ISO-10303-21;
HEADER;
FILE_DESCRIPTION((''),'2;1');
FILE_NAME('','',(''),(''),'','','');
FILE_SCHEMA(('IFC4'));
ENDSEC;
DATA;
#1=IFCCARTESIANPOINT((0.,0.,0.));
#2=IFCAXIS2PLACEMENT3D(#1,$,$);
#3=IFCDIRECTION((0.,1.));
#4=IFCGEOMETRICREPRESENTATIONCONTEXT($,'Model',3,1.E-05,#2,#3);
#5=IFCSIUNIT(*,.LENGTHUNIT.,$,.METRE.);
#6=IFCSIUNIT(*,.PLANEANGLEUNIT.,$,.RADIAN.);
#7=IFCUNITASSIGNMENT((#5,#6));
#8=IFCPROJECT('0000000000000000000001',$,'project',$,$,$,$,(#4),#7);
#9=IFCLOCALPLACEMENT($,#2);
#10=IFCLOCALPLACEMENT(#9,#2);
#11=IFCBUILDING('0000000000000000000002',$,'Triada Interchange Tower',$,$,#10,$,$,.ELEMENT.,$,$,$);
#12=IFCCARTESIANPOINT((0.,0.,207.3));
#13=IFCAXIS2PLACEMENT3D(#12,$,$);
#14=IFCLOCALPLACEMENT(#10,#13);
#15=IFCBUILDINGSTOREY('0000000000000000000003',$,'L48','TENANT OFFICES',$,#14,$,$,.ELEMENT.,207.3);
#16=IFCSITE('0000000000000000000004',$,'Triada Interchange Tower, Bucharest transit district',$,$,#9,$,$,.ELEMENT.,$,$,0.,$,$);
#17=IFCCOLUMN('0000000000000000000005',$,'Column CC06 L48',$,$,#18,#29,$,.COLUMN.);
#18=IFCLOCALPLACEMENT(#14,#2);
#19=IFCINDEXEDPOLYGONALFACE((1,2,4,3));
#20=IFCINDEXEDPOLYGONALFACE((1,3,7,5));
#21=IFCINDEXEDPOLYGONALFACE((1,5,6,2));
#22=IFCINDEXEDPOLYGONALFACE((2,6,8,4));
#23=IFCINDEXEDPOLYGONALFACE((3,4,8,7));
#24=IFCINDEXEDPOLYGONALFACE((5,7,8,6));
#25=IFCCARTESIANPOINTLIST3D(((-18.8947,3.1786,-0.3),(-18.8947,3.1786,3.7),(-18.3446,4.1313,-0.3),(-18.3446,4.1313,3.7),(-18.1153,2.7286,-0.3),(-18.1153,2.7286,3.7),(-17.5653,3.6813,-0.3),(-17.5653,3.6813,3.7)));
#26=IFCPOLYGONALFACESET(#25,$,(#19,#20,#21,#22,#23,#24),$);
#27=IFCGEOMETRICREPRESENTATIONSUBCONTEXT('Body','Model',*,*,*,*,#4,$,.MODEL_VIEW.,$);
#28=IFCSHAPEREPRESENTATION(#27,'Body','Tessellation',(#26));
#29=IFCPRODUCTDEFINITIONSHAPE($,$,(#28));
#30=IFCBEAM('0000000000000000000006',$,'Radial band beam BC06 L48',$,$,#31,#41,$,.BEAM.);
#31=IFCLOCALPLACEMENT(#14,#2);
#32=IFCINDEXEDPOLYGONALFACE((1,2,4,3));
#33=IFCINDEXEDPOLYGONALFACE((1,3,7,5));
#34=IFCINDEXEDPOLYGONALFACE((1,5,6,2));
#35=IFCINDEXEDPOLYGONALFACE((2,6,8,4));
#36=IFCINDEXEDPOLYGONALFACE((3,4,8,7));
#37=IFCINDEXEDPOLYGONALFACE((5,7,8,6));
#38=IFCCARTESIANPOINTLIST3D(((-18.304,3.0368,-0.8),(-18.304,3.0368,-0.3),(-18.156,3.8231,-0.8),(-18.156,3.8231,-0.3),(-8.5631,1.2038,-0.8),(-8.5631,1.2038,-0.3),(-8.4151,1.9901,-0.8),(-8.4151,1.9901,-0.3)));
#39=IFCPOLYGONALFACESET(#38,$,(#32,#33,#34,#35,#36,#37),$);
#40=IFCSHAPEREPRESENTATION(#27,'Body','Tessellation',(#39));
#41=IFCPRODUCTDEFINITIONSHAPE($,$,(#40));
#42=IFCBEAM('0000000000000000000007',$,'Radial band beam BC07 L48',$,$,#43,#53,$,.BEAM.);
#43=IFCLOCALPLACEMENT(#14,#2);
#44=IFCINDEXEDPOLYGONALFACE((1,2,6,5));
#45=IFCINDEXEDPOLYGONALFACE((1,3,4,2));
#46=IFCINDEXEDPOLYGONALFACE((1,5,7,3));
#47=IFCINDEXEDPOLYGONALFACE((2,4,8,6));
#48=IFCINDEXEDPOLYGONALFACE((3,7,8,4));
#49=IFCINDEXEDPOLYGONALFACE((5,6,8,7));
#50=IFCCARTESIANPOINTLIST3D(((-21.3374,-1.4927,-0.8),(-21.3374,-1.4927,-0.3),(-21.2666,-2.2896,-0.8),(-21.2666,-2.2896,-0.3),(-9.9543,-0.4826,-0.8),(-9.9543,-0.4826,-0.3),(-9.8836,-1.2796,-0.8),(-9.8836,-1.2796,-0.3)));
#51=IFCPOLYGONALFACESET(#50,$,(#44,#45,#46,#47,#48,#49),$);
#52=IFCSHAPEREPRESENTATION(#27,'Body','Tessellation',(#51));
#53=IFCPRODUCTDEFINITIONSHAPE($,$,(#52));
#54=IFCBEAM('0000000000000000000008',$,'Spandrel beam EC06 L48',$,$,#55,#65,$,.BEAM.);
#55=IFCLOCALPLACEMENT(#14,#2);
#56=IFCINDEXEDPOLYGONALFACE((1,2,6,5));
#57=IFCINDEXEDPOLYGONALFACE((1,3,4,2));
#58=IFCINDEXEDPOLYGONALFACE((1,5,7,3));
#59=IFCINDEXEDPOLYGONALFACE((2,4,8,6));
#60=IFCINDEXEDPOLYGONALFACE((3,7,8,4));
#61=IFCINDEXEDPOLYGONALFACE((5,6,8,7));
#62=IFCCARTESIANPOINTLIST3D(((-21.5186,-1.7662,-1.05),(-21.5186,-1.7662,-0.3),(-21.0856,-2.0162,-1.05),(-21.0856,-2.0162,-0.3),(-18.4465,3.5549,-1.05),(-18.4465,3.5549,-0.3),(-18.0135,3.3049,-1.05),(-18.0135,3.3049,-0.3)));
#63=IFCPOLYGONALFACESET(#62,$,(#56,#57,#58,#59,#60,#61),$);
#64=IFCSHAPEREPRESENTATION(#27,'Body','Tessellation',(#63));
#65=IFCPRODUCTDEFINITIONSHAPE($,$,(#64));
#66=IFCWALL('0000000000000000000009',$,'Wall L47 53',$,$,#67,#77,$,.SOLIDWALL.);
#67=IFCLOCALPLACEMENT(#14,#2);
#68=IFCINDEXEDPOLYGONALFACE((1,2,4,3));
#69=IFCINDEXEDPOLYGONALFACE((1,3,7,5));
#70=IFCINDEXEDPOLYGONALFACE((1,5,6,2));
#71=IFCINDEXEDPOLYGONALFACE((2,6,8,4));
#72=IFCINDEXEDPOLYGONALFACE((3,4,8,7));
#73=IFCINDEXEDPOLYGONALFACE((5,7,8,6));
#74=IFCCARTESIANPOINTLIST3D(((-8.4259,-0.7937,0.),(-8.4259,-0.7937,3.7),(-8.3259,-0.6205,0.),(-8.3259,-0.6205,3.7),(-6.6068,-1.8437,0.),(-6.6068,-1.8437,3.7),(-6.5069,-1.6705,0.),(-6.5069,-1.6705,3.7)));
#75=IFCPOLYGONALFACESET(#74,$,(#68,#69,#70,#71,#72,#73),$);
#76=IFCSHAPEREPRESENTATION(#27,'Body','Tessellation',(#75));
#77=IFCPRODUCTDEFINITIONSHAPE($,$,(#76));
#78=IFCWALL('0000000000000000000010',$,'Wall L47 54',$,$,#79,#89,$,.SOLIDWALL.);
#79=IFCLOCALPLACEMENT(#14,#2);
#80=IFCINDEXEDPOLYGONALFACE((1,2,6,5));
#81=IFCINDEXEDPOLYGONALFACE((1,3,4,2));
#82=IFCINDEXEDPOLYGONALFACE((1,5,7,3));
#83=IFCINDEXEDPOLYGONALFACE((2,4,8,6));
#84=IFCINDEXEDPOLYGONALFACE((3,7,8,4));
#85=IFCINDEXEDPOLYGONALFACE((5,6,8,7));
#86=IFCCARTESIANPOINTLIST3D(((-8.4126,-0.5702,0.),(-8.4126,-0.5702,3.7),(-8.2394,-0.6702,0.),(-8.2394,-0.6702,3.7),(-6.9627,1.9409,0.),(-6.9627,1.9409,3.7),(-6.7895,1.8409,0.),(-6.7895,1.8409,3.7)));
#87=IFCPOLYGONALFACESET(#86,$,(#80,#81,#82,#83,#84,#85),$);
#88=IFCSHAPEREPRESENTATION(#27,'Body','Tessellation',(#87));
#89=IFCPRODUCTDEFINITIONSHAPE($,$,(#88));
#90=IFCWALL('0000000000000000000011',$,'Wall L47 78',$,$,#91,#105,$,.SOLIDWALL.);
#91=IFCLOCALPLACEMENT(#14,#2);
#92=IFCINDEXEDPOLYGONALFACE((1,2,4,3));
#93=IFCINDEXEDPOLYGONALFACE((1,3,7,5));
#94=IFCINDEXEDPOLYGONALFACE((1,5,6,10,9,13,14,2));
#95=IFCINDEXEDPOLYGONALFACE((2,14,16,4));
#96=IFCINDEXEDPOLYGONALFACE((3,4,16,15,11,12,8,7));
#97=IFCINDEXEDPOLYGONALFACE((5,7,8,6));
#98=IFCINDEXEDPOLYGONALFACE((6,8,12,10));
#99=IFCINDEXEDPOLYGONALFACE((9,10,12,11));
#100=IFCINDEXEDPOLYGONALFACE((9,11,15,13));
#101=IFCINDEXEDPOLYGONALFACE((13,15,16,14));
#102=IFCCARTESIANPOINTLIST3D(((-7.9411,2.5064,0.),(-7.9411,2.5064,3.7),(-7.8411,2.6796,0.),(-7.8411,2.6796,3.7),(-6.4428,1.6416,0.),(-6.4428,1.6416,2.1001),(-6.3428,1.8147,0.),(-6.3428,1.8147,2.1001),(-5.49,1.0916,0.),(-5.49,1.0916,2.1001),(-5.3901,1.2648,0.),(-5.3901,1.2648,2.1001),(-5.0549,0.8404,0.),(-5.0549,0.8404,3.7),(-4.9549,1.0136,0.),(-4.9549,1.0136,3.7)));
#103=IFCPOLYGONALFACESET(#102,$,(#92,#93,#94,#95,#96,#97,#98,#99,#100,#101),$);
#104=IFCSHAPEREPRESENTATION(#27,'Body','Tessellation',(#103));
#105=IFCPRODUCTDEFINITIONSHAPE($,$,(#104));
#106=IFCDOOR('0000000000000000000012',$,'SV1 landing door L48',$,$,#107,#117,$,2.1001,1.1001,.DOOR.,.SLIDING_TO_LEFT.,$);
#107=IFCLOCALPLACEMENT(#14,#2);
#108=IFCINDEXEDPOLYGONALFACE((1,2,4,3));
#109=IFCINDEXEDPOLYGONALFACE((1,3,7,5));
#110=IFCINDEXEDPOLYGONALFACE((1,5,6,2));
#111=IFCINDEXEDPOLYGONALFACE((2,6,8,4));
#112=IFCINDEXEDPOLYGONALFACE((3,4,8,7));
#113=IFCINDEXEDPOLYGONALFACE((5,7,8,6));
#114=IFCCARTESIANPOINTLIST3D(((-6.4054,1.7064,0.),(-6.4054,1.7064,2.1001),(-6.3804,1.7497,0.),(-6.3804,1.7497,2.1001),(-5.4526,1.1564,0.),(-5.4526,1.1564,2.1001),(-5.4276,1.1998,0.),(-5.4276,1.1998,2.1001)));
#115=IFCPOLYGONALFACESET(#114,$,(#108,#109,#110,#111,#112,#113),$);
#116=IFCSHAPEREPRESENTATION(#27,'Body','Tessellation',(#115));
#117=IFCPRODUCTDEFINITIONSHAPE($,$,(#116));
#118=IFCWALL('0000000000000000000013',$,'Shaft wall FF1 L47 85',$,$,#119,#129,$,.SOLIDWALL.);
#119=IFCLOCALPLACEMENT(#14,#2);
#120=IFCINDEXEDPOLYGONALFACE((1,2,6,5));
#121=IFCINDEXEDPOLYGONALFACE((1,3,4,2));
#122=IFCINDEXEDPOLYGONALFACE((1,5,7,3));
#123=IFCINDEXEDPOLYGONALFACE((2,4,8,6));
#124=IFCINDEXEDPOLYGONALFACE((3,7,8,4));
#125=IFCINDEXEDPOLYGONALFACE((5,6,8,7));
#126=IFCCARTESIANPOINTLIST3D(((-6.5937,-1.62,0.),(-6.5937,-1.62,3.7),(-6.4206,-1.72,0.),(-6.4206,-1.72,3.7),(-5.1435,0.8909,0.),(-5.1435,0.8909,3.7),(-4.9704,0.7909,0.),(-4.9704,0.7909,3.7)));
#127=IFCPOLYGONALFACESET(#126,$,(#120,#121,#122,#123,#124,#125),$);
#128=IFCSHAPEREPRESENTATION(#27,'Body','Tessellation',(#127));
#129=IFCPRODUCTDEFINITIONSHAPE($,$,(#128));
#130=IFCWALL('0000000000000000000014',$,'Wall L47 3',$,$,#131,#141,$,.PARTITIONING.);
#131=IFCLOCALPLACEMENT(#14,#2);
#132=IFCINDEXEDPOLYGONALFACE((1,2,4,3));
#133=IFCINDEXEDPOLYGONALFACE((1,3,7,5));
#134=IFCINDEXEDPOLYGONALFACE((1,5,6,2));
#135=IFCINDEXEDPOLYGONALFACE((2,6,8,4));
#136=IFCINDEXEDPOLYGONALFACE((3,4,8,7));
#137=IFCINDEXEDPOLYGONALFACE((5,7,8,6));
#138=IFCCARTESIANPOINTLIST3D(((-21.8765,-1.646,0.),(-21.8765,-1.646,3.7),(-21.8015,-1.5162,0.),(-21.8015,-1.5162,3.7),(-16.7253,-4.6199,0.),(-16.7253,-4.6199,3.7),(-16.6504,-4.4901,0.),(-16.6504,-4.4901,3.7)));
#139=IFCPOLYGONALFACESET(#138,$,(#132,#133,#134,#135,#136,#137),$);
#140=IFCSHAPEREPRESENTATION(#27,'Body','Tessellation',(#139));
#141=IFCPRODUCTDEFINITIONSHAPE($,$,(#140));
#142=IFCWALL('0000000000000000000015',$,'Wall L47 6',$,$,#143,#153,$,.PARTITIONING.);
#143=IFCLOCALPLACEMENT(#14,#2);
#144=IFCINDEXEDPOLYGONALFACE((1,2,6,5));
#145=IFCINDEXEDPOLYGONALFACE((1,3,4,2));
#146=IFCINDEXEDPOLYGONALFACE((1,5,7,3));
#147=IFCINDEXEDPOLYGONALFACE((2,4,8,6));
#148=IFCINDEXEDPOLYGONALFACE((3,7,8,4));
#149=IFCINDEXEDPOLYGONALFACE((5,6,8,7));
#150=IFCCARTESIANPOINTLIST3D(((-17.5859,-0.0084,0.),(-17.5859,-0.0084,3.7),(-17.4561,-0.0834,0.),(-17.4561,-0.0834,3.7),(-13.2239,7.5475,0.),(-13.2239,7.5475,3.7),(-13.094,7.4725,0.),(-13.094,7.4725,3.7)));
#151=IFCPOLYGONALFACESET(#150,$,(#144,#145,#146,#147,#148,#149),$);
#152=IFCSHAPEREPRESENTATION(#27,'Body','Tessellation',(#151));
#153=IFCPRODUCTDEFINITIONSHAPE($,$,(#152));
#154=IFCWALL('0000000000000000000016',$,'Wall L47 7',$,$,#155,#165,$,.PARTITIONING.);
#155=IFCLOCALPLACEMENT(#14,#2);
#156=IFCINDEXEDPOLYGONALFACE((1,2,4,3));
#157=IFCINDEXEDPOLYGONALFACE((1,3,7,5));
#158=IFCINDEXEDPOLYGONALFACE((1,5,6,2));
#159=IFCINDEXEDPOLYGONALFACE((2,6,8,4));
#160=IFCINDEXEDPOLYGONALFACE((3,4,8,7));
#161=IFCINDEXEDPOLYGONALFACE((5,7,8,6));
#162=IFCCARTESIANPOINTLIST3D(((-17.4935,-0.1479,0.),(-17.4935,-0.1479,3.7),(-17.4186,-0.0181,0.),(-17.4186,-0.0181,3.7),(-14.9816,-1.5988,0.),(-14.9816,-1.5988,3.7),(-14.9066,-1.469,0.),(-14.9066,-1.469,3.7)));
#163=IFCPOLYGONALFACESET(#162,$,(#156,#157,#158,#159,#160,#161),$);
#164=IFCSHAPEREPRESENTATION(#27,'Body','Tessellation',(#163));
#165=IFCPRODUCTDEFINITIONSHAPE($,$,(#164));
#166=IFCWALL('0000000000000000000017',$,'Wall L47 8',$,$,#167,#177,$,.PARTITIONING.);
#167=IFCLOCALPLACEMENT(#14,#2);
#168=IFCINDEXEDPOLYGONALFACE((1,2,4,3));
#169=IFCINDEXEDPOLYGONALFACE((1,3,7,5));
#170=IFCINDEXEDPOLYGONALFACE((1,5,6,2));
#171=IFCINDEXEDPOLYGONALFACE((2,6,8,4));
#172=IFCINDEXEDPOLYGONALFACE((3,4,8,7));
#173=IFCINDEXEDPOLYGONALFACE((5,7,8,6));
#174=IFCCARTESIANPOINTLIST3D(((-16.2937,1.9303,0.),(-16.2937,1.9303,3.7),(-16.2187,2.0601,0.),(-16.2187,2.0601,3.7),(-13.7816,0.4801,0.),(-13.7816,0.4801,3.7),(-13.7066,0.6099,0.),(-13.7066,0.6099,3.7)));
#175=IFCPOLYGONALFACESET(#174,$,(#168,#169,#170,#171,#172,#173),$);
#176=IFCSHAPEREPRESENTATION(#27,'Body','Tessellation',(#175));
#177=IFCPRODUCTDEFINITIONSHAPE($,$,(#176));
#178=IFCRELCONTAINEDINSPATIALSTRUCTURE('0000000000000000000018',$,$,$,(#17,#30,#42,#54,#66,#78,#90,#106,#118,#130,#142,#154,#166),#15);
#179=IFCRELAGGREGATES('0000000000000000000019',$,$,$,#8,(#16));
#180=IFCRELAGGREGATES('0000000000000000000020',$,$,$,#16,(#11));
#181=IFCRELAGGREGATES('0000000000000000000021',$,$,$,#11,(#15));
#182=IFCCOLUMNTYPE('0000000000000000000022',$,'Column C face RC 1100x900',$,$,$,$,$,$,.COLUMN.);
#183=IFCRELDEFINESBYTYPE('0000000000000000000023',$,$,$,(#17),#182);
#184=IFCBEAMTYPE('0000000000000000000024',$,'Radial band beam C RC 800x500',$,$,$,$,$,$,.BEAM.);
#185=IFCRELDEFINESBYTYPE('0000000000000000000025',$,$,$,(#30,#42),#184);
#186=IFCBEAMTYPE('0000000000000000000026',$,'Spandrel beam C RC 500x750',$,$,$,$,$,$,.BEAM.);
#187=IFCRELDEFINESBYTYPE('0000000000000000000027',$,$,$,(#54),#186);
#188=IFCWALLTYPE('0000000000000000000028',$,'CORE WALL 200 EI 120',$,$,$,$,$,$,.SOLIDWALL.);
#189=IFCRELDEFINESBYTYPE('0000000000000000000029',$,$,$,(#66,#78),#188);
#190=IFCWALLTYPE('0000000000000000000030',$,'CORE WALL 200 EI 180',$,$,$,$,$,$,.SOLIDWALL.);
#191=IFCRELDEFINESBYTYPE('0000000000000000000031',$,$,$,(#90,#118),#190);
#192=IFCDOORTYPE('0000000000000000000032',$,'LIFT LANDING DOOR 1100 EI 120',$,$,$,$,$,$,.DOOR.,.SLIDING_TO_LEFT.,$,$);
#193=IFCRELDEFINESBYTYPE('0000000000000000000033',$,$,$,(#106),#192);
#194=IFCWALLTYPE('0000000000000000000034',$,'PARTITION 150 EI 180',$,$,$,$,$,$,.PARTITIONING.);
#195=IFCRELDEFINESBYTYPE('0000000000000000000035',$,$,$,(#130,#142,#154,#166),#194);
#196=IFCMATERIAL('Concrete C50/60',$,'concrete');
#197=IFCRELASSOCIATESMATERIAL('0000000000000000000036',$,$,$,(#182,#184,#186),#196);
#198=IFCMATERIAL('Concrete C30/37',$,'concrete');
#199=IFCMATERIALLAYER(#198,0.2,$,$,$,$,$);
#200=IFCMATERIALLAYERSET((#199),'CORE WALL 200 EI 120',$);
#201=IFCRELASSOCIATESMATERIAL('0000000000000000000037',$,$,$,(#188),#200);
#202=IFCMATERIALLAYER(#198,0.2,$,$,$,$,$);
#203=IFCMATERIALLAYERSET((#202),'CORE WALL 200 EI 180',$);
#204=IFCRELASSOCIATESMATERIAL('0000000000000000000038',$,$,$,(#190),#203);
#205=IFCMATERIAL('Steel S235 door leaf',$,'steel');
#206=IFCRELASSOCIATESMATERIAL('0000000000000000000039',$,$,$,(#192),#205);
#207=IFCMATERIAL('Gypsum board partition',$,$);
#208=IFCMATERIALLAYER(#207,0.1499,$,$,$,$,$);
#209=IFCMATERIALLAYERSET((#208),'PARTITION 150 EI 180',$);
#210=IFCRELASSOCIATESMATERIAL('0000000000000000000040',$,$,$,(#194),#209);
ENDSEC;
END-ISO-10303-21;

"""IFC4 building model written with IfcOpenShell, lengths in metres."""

from ifc_helpers import new_model, si_unit, direction, frame, frame_2d, origin, origin_2d, place, context, subcontext, project, spatial, rectangle, extrude, material, layer, layer_set, material_profile, profile_set, type_object, element, fill, save


model = new_model("IFC4")

# Units and contexts
model_context = context("Model", 3, precision=1e-05, world=origin(), true_north=direction((0.0, 1.0)))
body_context = subcontext(model_context, "Body", "Model", "MODEL_VIEW")
ifc_project = project(units=[si_unit("LENGTHUNIT", "METRE"), si_unit("PLANEANGLEUNIT", "RADIAN")], contexts=[model_context])

# Site, building, storey
site_placement = place(None, origin())
site = spatial("IfcSite", under=ifc_project, at=site_placement, Name="Triada Interchange Tower, Bucharest transit district", CompositionType="ELEMENT", RefElevation=0.0)
building_placement = place(site_placement, origin())
building = spatial("IfcBuilding", under=site, at=building_placement, Name="Triada Interchange Tower", CompositionType="ELEMENT")
storey_placement = place(building_placement, frame((0.0, 0.0, 207.3)))
storey = spatial("IfcBuildingStorey", under=building, at=storey_placement, Name="L48", Description="TENANT OFFICES", CompositionType="ELEMENT", Elevation=207.3)

# Column
ifc_material_1 = material(Name="Concrete C50/60", Category="concrete")
ifc_material_profile_1 = material_profile(ifc_material_1, rectangle(XDim=1.1001, YDim=0.8999, at=origin_2d()), Name="RC 1100x900")
ifc_profile_set_1 = profile_set([ifc_material_profile_1], Name="Concrete C50/60")
column_type = type_object("IfcColumnType", Name="Column C face RC 1100x900", PredefinedType="COLUMN", material=ifc_profile_set_1)
column_placement = place(storey_placement, frame((-18.23, 3.4299, -0.3), z_axis=(0.0, 0.0, 1.0), x_axis=(0.5, 0.866025, 0.0)))
element("IfcColumn", 1, at=column_placement, inside=storey, type_object=column_type, Name="Column CC06 L48", PredefinedType="COLUMN", context=body_context, shape_type="SweptSolid", body=[
    extrude(rectangle(XDim=1.1001, YDim=0.8999, at=origin_2d()), origin(), (0.0, 0.0, 1.0), 4.0),
])

# Beams
ifc_material_profile_2 = material_profile(ifc_material_1, rectangle(XDim=0.8, YDim=0.5, at=origin_2d()), Name="RC 800x500")
ifc_profile_set_2 = profile_set([ifc_material_profile_2], Name="Concrete C50/60")
beam_type_1 = type_object("IfcBeamType", Name="Radial band beam C RC 800x500", PredefinedType="BEAM", material=ifc_profile_set_2)
beam_1_placement = place(storey_placement, frame((-18.23, 3.4299, -0.55), z_axis=(0.982752, -0.184929, 0.0), x_axis=(0.184929, 0.982752, 0.0)))
element("IfcBeam", 2, at=beam_1_placement, inside=storey, type_object=beam_type_1, Name="Radial band beam BC06 L48", PredefinedType="BEAM", context=body_context, shape_type="SweptSolid", body=[
    extrude(rectangle(XDim=0.8, YDim=0.5, at=origin_2d()), origin(), (0.0, 0.0, 1.0), 9.9119),
])
beam_2_placement = place(storey_placement, frame((-21.302, -1.8911, -0.55), z_axis=(0.996087, 0.088382, 0.0), x_axis=(-0.088382, 0.996087, 0.0)))
element("IfcBeam", 3, at=beam_2_placement, inside=storey, type_object=beam_type_1, Name="Radial band beam BC07 L48", PredefinedType="BEAM", context=body_context, shape_type="SweptSolid", body=[
    extrude(rectangle(XDim=0.8, YDim=0.5, at=origin_2d()), origin(), (0.0, 0.0, 1.0), 11.4277),
])
ifc_material_profile_3 = material_profile(ifc_material_1, rectangle(XDim=0.5, YDim=0.75, at=origin_2d()), Name="RC 500x750")
ifc_profile_set_3 = profile_set([ifc_material_profile_3], Name="Concrete C50/60")
beam_type_2 = type_object("IfcBeamType", Name="Spandrel beam C RC 500x750", PredefinedType="BEAM", material=ifc_profile_set_3)
beam_3_placement = place(storey_placement, frame((-18.23, 3.4299, -0.675), z_axis=(-0.49999, -0.866031, 0.0), x_axis=(0.866031, -0.49999, 0.0)))
element("IfcBeam", 4, at=beam_3_placement, inside=storey, type_object=beam_type_2, Name="Spandrel beam EC06 L48", PredefinedType="BEAM", context=body_context, shape_type="SweptSolid", body=[
    extrude(rectangle(XDim=0.5, YDim=0.75, at=origin_2d()), origin(), (0.0, 0.0, 1.0), 6.1443),
])

# Walls
ifc_material_2 = material(Name="Concrete C30/37", Category="concrete")
ifc_layer_1 = layer(ifc_material_2, 0.2)
ifc_layer_set_1 = layer_set([ifc_layer_1], Name="CORE WALL 200 EI 120")
wall_type_1 = type_object("IfcWallType", Name="CORE WALL 200 EI 120", PredefinedType="SOLIDWALL", material=ifc_layer_set_1)
wall_1_placement = place(storey_placement, frame((-8.376, -0.707, 0.0), z_axis=(0.0, 0.0, 1.0), x_axis=(0.866068, -0.499927, 0.0)))
element("IfcWall", 5, at=wall_1_placement, inside=storey, type_object=wall_type_1, Name="Wall L47 53", PredefinedType="SOLIDWALL", context=body_context, shape_type="SweptSolid", body=[
    extrude(rectangle(XDim=2.1003, YDim=0.2, at=frame_2d((1.0503, 0.0))), origin(), (0.0, 0.0, 1.0), 3.7),
])
wall_2_placement = place(storey_placement, frame((-8.3259, -0.6201, 0.0), z_axis=(0.0, 0.0, 1.0), x_axis=(0.500024, 0.866012, 0.0)))
element("IfcWall", 6, at=wall_2_placement, inside=storey, type_object=wall_type_1, Name="Wall L47 54", PredefinedType="SOLIDWALL", context=body_context, shape_type="SweptSolid", body=[
    extrude(rectangle(XDim=2.8997, YDim=0.2, at=frame_2d((1.4497, 0.0))), origin(), (0.0, 0.0, 1.0), 3.7),
])

# Wall, opening, door
ifc_layer_2 = layer(ifc_material_2, 0.2)
ifc_layer_set_2 = layer_set([ifc_layer_2], Name="CORE WALL 200 EI 180")
wall_type_2 = type_object("IfcWallType", Name="CORE WALL 200 EI 180", PredefinedType="SOLIDWALL", material=ifc_layer_set_2)
wall_3_placement = place(storey_placement, frame((-7.8911, 2.593, 0.0), z_axis=(0.0, 0.0, 1.0), x_axis=(0.866071, -0.499921, 0.0)))
wall_3 = element("IfcWall", 7, at=wall_3_placement, inside=storey, type_object=wall_type_2, Name="Wall L47 78", PredefinedType="SOLIDWALL", context=body_context, shape_type="SweptSolid", body=[
    extrude(rectangle(XDim=3.3325, YDim=0.2, at=frame_2d((1.6663, 0.0))), origin(), (0.0, 0.0, 1.0), 3.7),
])
opening_1_placement = place(wall_3_placement, frame((1.73, 0.0, 0.0)))
opening_1 = element("IfcOpeningElement", 8, at=opening_1_placement, cuts=wall_3, PredefinedType="OPENING", context=body_context, shape_type="SweptSolid", body=[
    extrude(rectangle(XDim=1.1001, YDim=2.1001, at=frame_2d((0.55, 1.05))), frame((0.0, 0.1099, 0.0), z_axis=(0.0, -1.0, 0.0), x_axis=(1.0, 0.0, 0.0)), (0.0, 0.0, 1.0), 0.22),
])
ifc_material_3 = material(Name="Steel S235 door leaf", Category="steel")
door_type_1 = type_object("IfcDoorType", Name="LIFT LANDING DOOR 1100 EI 120", OperationType="SLIDING_TO_LEFT", PredefinedType="DOOR", material=ifc_material_3)
door_1_placement = place(opening_1_placement, origin())
door_1 = element("IfcDoor", 9, at=door_1_placement, inside=storey, type_object=door_type_1, Name="SV1 landing door L48", OperationType="SLIDING_TO_LEFT", OverallHeight=2.1001, OverallWidth=1.1001, PredefinedType="DOOR", context=body_context, shape_type="SweptSolid", body=[
    extrude(rectangle(XDim=1.1001, YDim=2.1001, at=frame_2d((0.55, 1.05))), frame((0.0, 0.0249, 0.0), z_axis=(0.0, -1.0, 0.0), x_axis=(1.0, 0.0, 0.0)), (0.0, 0.0, 1.0), 0.05),
])
fill(opening_1, door_1)

# Walls
wall_4_placement = place(storey_placement, frame((-6.5071, -1.6699, 0.0), z_axis=(0.0, 0.0, 1.0), x_axis=(0.500123, 0.865954, 0.0)))
element("IfcWall", 10, at=wall_4_placement, inside=storey, type_object=wall_type_2, Name="Shaft wall FF1 L47 85", PredefinedType="SOLIDWALL", context=body_context, shape_type="SweptSolid", body=[
    extrude(rectangle(XDim=2.8997, YDim=0.2, at=frame_2d((1.4497, 0.0))), origin(), (0.0, 0.0, 1.0), 3.7),
])
ifc_material_4 = material(Name="Gypsum board partition")
ifc_layer_3 = layer(ifc_material_4, 0.1499)
ifc_layer_set_3 = layer_set([ifc_layer_3], Name="PARTITION 150 EI 180")
wall_type_3 = type_object("IfcWallType", Name="PARTITION 150 EI 180", PredefinedType="PARTITIONING", material=ifc_layer_set_3)
wall_5_placement = place(storey_placement, frame((-21.8391, -1.5811, 0.0), z_axis=(0.0, 0.0, 1.0), x_axis=(0.866035, -0.499984, 0.0)))
element("IfcWall", 11, at=wall_5_placement, inside=storey, type_object=wall_type_3, Name="Wall L47 3", PredefinedType="PARTITIONING", context=body_context, shape_type="SweptSolid", body=[
    extrude(rectangle(XDim=5.948, YDim=0.1499, at=frame_2d((2.9741, 0.0))), origin(), (0.0, 0.0, 1.0), 3.7),
])
wall_6_placement = place(storey_placement, frame((-17.521, -0.0459, 0.0), z_axis=(0.0, 0.0, 1.0), x_axis=(0.49997, 0.866043, 0.0)))
element("IfcWall", 12, at=wall_6_placement, inside=storey, type_object=wall_type_3, Name="Wall L47 6", PredefinedType="PARTITIONING", context=body_context, shape_type="SweptSolid", body=[
    extrude(rectangle(XDim=8.7246, YDim=0.1499, at=frame_2d((4.3623, 0.0))), origin(), (0.0, 0.0, 1.0), 3.7),
])
wall_7_placement = place(storey_placement, frame((-17.4561, -0.083, 0.0), z_axis=(0.0, 0.0, 1.0), x_axis=(0.865929, -0.500167, 0.0)))
element("IfcWall", 13, at=wall_7_placement, inside=storey, type_object=wall_type_3, Name="Wall L47 7", PredefinedType="PARTITIONING", context=body_context, shape_type="SweptSolid", body=[
    extrude(rectangle(XDim=2.9009, YDim=0.1499, at=frame_2d((1.4504, 0.0))), origin(), (0.0, 0.0, 1.0), 3.7),
])
for number, where, z_axis, x_axis, name in (
    (14, (-16.2561, 1.9951, 0.0), (0.0, 0.0, 1.0), (0.866059, -0.499941, 0.0), "Wall L47 8"),
):
    element("IfcWall", number, at=place(storey_placement, frame(where, z_axis=z_axis, x_axis=x_axis)), inside=storey, type_object=wall_type_3, Name=name, PredefinedType="PARTITIONING", context=body_context, shape_type="SweptSolid", body=[
        extrude(rectangle(XDim=2.9006, YDim=0.1499, at=frame_2d((1.4502, 0.0))), origin(), (0.0, 0.0, 1.0), 3.7),
    ])

save(model, "model.ifc")
